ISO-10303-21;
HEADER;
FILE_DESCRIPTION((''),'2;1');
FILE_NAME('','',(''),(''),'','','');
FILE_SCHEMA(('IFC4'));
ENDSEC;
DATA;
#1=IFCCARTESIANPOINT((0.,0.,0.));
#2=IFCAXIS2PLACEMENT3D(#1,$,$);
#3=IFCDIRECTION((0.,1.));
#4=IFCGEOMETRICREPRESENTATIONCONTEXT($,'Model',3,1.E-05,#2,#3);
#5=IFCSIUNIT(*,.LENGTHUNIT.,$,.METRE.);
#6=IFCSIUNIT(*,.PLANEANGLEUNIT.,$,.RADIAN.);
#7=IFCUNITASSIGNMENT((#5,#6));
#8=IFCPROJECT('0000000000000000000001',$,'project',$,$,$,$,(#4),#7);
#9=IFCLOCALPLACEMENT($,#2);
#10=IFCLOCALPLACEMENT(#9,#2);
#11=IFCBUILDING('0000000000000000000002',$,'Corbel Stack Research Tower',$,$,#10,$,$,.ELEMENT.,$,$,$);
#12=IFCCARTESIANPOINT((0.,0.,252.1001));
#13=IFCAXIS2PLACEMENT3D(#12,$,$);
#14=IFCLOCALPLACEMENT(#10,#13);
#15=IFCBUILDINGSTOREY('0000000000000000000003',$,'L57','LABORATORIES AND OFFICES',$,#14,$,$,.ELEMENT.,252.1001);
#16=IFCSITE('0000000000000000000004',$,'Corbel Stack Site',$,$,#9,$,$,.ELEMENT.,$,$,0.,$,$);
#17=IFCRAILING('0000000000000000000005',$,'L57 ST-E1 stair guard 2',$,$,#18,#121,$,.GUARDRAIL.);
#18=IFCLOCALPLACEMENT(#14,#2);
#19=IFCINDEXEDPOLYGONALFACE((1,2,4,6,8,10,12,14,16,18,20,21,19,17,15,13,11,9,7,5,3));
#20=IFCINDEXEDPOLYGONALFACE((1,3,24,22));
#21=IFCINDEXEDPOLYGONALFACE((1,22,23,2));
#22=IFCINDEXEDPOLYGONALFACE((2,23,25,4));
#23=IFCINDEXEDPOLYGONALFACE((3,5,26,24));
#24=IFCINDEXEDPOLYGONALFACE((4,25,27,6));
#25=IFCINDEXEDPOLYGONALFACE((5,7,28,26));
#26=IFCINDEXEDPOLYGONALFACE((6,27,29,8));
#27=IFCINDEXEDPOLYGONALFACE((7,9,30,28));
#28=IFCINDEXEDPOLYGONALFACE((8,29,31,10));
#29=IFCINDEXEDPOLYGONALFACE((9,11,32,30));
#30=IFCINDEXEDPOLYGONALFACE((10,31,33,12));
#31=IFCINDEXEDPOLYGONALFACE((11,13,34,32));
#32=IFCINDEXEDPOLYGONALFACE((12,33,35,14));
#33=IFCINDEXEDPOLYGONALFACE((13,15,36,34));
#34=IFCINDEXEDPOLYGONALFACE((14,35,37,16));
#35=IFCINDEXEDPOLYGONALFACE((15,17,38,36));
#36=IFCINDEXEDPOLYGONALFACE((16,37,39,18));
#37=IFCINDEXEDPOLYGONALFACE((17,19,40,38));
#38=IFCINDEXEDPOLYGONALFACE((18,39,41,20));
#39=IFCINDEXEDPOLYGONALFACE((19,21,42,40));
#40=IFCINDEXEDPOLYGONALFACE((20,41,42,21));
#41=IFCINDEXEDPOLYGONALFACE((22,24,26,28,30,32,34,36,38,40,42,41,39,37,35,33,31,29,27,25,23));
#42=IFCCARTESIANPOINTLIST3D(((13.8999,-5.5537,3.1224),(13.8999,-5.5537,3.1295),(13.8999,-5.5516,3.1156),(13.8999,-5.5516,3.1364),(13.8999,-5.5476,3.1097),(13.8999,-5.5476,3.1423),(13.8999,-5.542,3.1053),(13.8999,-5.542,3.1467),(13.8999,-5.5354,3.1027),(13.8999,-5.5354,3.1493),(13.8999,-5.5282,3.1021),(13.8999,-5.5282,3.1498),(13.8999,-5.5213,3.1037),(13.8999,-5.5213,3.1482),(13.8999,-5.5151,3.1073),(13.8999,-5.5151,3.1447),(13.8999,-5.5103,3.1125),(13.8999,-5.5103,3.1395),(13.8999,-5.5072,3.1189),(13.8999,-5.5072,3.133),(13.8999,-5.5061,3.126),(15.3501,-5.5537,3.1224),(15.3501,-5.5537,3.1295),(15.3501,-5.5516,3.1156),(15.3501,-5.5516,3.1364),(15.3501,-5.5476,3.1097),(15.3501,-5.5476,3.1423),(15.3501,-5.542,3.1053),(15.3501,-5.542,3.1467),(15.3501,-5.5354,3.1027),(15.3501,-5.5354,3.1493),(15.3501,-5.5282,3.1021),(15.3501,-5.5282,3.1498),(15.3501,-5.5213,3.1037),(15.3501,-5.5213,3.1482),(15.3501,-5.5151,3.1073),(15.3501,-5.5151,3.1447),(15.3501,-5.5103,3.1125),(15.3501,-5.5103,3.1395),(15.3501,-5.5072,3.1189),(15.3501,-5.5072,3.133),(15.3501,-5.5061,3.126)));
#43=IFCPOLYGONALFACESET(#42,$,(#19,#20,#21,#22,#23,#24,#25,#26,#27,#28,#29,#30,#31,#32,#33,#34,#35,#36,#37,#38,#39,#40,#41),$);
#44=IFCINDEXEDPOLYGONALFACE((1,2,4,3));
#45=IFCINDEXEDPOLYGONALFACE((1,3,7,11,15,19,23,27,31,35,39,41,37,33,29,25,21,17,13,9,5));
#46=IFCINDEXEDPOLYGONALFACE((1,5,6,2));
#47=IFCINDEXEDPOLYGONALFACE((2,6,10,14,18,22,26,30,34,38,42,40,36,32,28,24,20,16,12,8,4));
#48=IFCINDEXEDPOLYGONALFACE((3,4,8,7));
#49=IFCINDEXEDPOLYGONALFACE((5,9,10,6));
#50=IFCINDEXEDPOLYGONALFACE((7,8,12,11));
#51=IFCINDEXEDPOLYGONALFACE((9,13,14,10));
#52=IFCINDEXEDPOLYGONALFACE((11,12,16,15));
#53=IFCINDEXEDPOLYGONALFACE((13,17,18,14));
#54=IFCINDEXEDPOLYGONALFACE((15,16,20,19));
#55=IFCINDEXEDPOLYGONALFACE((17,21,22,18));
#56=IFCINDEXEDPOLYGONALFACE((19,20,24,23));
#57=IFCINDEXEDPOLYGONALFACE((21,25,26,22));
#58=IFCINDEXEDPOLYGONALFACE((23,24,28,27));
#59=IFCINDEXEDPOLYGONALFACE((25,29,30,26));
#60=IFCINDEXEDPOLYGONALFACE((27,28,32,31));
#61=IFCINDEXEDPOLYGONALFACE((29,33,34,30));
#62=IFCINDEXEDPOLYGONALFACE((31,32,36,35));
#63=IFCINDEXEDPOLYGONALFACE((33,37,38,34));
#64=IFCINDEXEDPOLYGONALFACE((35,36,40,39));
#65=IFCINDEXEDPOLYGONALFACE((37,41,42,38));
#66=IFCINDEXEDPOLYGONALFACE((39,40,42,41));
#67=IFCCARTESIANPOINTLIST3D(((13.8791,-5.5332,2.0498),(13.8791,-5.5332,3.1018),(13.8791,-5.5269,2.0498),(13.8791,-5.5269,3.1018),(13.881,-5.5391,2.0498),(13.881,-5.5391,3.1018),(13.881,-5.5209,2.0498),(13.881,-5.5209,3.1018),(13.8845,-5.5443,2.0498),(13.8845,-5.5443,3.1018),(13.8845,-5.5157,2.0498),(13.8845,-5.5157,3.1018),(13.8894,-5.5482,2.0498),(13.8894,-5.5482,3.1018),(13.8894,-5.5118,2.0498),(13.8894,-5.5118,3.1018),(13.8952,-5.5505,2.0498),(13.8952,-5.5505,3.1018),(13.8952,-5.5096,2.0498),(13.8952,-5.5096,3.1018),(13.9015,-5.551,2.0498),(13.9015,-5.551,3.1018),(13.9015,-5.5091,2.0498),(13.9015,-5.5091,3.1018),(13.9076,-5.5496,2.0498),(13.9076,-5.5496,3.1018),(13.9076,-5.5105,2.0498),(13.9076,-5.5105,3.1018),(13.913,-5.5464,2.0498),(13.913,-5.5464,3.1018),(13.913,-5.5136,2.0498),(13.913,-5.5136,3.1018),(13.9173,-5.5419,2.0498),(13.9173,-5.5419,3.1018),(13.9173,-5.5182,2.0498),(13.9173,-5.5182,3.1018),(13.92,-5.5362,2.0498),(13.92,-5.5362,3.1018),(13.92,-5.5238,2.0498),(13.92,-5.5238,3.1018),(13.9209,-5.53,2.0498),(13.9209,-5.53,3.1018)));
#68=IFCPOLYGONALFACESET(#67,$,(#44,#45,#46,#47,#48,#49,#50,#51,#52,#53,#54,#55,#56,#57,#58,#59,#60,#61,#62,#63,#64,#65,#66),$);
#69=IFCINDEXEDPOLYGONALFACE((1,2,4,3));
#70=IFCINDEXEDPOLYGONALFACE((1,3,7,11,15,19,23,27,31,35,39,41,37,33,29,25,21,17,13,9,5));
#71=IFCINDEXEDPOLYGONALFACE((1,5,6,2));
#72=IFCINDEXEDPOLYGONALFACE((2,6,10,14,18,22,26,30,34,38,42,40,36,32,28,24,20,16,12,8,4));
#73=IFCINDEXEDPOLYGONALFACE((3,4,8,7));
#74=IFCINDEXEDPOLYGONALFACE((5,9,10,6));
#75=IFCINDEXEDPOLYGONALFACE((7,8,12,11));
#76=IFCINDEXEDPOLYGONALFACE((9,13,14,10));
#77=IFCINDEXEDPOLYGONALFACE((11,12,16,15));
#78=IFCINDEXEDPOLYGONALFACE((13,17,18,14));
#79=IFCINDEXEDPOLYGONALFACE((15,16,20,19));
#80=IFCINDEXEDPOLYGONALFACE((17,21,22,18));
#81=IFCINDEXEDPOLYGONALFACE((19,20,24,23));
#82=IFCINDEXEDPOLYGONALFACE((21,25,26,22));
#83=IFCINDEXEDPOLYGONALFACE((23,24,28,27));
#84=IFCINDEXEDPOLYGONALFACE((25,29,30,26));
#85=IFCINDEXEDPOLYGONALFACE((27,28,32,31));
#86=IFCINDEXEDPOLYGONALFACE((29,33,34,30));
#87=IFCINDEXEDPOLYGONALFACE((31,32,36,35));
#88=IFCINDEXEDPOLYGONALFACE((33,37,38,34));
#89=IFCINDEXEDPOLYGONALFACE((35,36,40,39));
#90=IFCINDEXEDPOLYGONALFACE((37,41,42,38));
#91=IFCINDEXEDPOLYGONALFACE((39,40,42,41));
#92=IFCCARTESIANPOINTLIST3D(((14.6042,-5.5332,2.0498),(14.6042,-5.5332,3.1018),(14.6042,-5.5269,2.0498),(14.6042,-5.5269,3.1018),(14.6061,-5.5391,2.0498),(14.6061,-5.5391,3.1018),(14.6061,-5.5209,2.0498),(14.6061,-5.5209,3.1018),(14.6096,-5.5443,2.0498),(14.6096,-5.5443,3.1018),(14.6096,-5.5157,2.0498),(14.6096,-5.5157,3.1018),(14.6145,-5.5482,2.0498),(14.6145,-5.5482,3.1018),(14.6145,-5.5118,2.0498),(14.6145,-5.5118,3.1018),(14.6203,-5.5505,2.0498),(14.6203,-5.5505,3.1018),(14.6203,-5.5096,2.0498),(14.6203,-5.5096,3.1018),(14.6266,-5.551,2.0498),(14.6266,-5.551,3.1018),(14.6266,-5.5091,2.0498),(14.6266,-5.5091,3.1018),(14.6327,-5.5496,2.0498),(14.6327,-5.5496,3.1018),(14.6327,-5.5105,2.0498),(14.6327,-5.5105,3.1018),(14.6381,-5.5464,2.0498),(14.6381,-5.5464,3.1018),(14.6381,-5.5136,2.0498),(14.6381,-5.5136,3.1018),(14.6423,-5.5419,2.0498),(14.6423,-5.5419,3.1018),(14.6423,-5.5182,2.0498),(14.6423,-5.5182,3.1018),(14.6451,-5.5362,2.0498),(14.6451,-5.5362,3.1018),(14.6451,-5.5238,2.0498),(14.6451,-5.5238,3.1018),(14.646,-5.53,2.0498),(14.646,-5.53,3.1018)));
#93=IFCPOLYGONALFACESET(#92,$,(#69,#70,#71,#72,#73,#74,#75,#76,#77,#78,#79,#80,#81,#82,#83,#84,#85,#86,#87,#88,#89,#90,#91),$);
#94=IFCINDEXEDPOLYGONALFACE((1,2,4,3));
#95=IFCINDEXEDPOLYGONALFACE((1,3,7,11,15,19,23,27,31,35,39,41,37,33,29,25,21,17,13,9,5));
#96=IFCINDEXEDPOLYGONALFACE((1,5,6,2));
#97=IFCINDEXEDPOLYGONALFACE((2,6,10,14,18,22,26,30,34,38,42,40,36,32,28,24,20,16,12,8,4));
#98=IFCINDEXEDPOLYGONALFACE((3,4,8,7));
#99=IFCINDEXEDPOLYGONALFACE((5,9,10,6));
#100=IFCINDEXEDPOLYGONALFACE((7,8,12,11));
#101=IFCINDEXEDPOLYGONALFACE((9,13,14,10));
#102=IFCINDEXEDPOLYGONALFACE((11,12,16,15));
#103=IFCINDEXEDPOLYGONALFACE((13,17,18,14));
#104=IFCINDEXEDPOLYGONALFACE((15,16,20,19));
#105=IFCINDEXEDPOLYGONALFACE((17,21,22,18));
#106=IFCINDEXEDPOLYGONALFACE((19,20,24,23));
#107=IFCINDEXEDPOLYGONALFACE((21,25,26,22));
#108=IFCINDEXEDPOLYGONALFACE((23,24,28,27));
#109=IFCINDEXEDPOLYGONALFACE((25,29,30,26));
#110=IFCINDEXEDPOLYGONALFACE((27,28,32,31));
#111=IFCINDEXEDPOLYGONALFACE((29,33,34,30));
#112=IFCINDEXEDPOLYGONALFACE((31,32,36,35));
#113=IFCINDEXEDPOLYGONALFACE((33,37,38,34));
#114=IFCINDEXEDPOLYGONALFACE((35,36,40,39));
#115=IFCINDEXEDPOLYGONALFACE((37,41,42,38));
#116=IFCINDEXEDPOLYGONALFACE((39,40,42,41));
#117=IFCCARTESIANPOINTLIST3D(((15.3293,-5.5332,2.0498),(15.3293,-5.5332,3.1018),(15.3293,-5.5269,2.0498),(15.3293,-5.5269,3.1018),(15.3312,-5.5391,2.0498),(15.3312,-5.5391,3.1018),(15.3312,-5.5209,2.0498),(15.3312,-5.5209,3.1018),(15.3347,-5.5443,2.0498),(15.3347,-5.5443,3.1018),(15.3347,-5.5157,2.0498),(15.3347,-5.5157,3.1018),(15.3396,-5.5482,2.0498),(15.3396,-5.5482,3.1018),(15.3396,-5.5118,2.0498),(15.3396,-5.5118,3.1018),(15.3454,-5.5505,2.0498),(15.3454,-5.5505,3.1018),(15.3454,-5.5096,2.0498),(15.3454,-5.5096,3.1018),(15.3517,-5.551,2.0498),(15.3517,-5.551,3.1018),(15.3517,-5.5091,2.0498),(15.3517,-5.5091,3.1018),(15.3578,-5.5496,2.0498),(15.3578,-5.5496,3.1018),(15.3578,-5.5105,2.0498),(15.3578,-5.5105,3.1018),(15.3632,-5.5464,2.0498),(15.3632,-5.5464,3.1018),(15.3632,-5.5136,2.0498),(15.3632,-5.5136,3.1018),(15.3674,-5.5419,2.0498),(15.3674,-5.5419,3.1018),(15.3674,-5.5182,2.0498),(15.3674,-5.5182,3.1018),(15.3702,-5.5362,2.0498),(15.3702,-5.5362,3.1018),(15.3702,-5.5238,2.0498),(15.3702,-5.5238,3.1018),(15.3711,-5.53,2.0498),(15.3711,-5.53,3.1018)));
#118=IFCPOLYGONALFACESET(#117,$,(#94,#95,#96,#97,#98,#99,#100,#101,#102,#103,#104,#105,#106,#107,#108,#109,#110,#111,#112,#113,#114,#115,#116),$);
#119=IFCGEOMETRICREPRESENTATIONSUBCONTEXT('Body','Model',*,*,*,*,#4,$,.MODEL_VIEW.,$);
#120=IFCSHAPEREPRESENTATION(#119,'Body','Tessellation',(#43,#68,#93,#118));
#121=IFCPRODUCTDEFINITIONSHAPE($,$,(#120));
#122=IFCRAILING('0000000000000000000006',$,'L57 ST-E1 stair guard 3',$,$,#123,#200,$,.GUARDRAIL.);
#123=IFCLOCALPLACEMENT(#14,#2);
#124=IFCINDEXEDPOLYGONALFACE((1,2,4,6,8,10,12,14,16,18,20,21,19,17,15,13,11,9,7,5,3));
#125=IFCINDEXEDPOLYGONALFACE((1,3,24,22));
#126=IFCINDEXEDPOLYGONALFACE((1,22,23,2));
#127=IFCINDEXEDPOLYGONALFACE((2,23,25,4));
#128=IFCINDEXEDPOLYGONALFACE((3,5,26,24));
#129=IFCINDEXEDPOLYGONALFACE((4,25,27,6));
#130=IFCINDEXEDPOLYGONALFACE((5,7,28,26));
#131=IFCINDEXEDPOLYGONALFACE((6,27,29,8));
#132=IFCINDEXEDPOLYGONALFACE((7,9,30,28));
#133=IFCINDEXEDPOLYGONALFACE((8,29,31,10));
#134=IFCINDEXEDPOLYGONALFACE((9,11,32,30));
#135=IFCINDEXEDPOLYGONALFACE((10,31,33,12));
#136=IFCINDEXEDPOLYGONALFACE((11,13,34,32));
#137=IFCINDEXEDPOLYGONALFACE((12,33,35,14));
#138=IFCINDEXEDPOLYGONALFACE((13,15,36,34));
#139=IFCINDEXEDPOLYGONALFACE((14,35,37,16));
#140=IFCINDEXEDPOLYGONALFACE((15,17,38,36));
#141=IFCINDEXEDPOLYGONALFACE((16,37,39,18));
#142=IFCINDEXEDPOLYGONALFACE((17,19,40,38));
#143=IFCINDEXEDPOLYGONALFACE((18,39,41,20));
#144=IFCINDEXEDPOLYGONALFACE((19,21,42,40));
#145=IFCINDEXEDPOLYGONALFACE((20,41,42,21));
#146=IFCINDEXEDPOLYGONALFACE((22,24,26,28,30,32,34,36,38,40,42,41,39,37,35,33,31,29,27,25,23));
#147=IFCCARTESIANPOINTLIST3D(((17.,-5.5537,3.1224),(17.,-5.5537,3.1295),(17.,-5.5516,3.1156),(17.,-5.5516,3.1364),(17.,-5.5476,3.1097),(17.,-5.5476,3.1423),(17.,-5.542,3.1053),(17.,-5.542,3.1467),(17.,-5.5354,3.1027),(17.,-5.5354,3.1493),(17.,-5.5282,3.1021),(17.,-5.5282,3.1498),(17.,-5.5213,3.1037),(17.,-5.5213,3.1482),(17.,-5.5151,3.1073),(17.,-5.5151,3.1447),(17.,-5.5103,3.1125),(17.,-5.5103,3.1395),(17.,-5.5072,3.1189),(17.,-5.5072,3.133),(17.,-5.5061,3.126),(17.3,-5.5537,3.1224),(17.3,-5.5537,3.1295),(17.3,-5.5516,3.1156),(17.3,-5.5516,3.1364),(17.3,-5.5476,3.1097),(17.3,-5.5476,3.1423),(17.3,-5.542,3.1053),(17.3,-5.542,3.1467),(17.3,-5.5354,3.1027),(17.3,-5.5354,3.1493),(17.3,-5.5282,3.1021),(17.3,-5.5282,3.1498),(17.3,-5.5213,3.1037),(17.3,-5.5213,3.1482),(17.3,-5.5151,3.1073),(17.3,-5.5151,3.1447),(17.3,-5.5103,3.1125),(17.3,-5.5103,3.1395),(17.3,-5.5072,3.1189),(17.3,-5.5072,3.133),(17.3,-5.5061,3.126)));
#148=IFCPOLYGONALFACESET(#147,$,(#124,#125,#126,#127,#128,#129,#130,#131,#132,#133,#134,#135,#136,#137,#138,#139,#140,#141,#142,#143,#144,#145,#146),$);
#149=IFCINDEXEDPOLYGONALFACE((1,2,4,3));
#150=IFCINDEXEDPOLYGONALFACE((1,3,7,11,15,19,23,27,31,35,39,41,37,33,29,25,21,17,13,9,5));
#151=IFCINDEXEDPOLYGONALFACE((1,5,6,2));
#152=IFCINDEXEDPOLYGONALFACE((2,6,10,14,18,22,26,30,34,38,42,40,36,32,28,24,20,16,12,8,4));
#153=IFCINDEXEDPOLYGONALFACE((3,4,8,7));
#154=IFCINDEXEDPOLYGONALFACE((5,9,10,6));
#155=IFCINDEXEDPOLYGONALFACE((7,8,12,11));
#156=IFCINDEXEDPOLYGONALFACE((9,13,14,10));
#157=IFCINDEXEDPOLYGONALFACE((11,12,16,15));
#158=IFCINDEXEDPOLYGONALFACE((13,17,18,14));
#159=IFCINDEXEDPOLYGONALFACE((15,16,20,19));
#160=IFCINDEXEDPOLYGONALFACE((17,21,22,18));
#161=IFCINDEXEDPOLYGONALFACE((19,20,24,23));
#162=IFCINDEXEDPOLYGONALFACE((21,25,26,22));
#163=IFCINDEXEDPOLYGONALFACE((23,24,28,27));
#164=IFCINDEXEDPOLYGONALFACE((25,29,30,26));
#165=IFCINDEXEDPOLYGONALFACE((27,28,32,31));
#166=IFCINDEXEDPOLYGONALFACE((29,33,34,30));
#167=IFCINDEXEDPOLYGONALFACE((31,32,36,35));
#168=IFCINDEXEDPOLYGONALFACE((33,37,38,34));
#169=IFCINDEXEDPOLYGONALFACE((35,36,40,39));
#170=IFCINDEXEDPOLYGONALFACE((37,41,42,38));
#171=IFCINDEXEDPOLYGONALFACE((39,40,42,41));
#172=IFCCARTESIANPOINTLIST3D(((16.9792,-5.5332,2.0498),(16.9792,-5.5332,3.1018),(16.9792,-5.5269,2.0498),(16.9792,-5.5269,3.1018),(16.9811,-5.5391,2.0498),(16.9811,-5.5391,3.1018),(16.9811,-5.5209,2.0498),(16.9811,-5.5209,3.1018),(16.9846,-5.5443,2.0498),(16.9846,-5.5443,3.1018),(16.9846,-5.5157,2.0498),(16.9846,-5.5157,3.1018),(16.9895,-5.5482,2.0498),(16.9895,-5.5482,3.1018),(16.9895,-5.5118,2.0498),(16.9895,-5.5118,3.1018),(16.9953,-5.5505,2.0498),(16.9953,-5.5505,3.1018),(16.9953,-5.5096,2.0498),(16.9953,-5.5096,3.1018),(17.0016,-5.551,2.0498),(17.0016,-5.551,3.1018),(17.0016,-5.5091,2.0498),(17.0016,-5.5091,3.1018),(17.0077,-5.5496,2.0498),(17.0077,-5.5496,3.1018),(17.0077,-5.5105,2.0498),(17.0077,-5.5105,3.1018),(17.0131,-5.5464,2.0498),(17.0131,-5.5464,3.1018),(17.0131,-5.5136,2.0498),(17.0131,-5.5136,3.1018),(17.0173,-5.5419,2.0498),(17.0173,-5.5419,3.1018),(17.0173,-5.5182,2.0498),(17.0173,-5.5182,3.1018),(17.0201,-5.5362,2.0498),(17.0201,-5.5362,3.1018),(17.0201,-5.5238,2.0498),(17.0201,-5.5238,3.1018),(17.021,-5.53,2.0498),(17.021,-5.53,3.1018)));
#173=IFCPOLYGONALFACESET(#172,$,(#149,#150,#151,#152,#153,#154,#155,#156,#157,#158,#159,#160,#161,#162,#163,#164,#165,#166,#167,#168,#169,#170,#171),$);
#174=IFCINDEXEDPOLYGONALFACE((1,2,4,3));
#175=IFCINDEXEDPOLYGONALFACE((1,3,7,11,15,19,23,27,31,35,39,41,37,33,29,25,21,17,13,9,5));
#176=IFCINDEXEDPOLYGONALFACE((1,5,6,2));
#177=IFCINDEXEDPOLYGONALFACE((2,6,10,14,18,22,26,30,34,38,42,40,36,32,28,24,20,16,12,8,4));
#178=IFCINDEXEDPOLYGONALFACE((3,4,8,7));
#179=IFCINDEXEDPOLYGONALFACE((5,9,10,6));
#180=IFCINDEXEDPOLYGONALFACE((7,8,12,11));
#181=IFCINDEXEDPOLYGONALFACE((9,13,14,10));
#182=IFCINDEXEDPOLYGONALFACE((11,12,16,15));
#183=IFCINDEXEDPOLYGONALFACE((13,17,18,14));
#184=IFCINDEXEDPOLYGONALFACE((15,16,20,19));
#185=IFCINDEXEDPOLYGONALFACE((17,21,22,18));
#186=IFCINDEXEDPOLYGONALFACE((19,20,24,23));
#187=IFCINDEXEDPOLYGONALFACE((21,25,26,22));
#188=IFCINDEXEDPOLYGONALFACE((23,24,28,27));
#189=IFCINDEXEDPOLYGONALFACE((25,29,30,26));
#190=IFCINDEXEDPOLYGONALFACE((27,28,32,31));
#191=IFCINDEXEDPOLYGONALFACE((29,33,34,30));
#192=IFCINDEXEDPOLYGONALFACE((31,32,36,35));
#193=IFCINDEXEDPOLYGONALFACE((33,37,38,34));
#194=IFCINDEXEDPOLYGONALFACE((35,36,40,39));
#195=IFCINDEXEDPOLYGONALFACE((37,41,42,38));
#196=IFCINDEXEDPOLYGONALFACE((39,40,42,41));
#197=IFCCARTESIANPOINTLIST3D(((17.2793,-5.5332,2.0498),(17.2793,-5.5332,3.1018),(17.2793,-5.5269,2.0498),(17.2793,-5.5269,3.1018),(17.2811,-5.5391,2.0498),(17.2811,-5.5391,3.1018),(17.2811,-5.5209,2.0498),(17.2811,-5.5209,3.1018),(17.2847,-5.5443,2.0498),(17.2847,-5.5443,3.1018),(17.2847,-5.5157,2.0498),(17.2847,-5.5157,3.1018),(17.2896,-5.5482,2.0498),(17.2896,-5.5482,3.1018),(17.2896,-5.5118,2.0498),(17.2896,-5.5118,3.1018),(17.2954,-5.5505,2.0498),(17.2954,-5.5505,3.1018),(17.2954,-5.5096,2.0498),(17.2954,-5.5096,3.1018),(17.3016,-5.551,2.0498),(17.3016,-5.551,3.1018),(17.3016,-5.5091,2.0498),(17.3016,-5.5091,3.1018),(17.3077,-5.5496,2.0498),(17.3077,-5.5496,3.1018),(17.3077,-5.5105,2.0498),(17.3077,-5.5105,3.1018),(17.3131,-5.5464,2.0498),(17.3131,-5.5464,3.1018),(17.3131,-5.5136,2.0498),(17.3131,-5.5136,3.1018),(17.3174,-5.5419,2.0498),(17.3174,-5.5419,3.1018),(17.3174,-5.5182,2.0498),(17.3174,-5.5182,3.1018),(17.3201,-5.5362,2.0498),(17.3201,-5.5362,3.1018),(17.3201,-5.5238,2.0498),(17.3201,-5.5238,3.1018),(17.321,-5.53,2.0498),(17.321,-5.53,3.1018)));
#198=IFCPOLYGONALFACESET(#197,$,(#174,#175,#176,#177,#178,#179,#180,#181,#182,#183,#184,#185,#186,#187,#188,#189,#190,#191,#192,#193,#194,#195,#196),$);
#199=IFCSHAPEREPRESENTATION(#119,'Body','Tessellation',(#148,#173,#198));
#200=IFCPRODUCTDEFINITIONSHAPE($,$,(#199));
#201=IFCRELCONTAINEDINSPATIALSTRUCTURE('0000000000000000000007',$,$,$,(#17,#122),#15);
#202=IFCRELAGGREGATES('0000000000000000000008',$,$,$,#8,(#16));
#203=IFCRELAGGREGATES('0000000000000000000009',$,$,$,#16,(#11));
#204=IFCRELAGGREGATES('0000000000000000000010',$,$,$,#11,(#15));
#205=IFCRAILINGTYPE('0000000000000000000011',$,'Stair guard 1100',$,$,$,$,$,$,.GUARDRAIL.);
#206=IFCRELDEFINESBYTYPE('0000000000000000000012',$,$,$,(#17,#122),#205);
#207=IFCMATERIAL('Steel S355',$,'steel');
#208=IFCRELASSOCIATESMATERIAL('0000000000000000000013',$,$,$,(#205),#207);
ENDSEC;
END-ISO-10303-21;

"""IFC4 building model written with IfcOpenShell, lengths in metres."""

from ifc_helpers import new_model, si_unit, direction, frame, origin, origin_2d, place, context, subcontext, project, spatial, circle, extrude, material, type_object, element, save


model = new_model("IFC4")

# Units and contexts
model_context = context("Model", 3, precision=1e-05, world=origin(), true_north=direction((0.0, 1.0)))
body_context = subcontext(model_context, "Body", "Model", "MODEL_VIEW")
ifc_project = project(units=[si_unit("LENGTHUNIT", "METRE"), si_unit("PLANEANGLEUNIT", "RADIAN")], contexts=[model_context])

# Site, building, storey
site_placement = place(None, origin())
site = spatial("IfcSite", under=ifc_project, at=site_placement, Name="Corbel Stack Site", CompositionType="ELEMENT", RefElevation=0.0)
building_placement = place(site_placement, origin())
building = spatial("IfcBuilding", under=site, at=building_placement, Name="Corbel Stack Research Tower", CompositionType="ELEMENT")
storey_placement = place(building_placement, frame((0.0, 0.0, 252.1001)))
storey = spatial("IfcBuildingStorey", under=building, at=storey_placement, Name="L57", Description="LABORATORIES AND OFFICES", CompositionType="ELEMENT", Elevation=252.1001)

# Railings
ifc_material_1 = material(Name="Steel S355", Category="steel")
railing_type_1 = type_object("IfcRailingType", Name="Stair guard 1100", PredefinedType="GUARDRAIL", material=ifc_material_1)
railing_1_placement = place(storey_placement, frame((13.8999, -5.53, 2.0498)))
element("IfcRailing", 1, at=railing_1_placement, inside=storey, type_object=railing_type_1, Name="L57 ST-E1 stair guard 2", PredefinedType="GUARDRAIL", context=body_context, shape_type="SweptSolid", body=[
    extrude(circle(Radius=0.0239, at=origin_2d()), frame((0.0, 0.0, 1.0762), z_axis=(1.0, 0.0, 0.0), x_axis=(0.0, 1.0, 0.0)), (0.0, 0.0, 1.0), 1.4502),
    extrude(circle(Radius=0.021, at=origin_2d()), origin(), (0.0, 0.0, 1.0), 1.052),
    extrude(circle(Radius=0.021, at=origin_2d()), frame((0.7251, 0.0, 0.0)), (0.0, 0.0, 1.0), 1.052),
    extrude(circle(Radius=0.021, at=origin_2d()), frame((1.4502, 0.0, 0.0)), (0.0, 0.0, 1.0), 1.052),
])
railing_2_placement = place(storey_placement, frame((17.0, -5.53, 2.0498)))
element("IfcRailing", 2, at=railing_2_placement, inside=storey, type_object=railing_type_1, Name="L57 ST-E1 stair guard 3", PredefinedType="GUARDRAIL", context=body_context, shape_type="SweptSolid", body=[
    extrude(circle(Radius=0.0239, at=origin_2d()), frame((0.0, 0.0, 1.0762), z_axis=(1.0, 0.0, 0.0), x_axis=(0.0, 1.0, 0.0)), (0.0, 0.0, 1.0), 0.3),
    extrude(circle(Radius=0.021, at=origin_2d()), origin(), (0.0, 0.0, 1.0), 1.052),
    extrude(circle(Radius=0.021, at=origin_2d()), frame((0.3, 0.0, 0.0)), (0.0, 0.0, 1.0), 1.052),
])

save(model, "model.ifc")
